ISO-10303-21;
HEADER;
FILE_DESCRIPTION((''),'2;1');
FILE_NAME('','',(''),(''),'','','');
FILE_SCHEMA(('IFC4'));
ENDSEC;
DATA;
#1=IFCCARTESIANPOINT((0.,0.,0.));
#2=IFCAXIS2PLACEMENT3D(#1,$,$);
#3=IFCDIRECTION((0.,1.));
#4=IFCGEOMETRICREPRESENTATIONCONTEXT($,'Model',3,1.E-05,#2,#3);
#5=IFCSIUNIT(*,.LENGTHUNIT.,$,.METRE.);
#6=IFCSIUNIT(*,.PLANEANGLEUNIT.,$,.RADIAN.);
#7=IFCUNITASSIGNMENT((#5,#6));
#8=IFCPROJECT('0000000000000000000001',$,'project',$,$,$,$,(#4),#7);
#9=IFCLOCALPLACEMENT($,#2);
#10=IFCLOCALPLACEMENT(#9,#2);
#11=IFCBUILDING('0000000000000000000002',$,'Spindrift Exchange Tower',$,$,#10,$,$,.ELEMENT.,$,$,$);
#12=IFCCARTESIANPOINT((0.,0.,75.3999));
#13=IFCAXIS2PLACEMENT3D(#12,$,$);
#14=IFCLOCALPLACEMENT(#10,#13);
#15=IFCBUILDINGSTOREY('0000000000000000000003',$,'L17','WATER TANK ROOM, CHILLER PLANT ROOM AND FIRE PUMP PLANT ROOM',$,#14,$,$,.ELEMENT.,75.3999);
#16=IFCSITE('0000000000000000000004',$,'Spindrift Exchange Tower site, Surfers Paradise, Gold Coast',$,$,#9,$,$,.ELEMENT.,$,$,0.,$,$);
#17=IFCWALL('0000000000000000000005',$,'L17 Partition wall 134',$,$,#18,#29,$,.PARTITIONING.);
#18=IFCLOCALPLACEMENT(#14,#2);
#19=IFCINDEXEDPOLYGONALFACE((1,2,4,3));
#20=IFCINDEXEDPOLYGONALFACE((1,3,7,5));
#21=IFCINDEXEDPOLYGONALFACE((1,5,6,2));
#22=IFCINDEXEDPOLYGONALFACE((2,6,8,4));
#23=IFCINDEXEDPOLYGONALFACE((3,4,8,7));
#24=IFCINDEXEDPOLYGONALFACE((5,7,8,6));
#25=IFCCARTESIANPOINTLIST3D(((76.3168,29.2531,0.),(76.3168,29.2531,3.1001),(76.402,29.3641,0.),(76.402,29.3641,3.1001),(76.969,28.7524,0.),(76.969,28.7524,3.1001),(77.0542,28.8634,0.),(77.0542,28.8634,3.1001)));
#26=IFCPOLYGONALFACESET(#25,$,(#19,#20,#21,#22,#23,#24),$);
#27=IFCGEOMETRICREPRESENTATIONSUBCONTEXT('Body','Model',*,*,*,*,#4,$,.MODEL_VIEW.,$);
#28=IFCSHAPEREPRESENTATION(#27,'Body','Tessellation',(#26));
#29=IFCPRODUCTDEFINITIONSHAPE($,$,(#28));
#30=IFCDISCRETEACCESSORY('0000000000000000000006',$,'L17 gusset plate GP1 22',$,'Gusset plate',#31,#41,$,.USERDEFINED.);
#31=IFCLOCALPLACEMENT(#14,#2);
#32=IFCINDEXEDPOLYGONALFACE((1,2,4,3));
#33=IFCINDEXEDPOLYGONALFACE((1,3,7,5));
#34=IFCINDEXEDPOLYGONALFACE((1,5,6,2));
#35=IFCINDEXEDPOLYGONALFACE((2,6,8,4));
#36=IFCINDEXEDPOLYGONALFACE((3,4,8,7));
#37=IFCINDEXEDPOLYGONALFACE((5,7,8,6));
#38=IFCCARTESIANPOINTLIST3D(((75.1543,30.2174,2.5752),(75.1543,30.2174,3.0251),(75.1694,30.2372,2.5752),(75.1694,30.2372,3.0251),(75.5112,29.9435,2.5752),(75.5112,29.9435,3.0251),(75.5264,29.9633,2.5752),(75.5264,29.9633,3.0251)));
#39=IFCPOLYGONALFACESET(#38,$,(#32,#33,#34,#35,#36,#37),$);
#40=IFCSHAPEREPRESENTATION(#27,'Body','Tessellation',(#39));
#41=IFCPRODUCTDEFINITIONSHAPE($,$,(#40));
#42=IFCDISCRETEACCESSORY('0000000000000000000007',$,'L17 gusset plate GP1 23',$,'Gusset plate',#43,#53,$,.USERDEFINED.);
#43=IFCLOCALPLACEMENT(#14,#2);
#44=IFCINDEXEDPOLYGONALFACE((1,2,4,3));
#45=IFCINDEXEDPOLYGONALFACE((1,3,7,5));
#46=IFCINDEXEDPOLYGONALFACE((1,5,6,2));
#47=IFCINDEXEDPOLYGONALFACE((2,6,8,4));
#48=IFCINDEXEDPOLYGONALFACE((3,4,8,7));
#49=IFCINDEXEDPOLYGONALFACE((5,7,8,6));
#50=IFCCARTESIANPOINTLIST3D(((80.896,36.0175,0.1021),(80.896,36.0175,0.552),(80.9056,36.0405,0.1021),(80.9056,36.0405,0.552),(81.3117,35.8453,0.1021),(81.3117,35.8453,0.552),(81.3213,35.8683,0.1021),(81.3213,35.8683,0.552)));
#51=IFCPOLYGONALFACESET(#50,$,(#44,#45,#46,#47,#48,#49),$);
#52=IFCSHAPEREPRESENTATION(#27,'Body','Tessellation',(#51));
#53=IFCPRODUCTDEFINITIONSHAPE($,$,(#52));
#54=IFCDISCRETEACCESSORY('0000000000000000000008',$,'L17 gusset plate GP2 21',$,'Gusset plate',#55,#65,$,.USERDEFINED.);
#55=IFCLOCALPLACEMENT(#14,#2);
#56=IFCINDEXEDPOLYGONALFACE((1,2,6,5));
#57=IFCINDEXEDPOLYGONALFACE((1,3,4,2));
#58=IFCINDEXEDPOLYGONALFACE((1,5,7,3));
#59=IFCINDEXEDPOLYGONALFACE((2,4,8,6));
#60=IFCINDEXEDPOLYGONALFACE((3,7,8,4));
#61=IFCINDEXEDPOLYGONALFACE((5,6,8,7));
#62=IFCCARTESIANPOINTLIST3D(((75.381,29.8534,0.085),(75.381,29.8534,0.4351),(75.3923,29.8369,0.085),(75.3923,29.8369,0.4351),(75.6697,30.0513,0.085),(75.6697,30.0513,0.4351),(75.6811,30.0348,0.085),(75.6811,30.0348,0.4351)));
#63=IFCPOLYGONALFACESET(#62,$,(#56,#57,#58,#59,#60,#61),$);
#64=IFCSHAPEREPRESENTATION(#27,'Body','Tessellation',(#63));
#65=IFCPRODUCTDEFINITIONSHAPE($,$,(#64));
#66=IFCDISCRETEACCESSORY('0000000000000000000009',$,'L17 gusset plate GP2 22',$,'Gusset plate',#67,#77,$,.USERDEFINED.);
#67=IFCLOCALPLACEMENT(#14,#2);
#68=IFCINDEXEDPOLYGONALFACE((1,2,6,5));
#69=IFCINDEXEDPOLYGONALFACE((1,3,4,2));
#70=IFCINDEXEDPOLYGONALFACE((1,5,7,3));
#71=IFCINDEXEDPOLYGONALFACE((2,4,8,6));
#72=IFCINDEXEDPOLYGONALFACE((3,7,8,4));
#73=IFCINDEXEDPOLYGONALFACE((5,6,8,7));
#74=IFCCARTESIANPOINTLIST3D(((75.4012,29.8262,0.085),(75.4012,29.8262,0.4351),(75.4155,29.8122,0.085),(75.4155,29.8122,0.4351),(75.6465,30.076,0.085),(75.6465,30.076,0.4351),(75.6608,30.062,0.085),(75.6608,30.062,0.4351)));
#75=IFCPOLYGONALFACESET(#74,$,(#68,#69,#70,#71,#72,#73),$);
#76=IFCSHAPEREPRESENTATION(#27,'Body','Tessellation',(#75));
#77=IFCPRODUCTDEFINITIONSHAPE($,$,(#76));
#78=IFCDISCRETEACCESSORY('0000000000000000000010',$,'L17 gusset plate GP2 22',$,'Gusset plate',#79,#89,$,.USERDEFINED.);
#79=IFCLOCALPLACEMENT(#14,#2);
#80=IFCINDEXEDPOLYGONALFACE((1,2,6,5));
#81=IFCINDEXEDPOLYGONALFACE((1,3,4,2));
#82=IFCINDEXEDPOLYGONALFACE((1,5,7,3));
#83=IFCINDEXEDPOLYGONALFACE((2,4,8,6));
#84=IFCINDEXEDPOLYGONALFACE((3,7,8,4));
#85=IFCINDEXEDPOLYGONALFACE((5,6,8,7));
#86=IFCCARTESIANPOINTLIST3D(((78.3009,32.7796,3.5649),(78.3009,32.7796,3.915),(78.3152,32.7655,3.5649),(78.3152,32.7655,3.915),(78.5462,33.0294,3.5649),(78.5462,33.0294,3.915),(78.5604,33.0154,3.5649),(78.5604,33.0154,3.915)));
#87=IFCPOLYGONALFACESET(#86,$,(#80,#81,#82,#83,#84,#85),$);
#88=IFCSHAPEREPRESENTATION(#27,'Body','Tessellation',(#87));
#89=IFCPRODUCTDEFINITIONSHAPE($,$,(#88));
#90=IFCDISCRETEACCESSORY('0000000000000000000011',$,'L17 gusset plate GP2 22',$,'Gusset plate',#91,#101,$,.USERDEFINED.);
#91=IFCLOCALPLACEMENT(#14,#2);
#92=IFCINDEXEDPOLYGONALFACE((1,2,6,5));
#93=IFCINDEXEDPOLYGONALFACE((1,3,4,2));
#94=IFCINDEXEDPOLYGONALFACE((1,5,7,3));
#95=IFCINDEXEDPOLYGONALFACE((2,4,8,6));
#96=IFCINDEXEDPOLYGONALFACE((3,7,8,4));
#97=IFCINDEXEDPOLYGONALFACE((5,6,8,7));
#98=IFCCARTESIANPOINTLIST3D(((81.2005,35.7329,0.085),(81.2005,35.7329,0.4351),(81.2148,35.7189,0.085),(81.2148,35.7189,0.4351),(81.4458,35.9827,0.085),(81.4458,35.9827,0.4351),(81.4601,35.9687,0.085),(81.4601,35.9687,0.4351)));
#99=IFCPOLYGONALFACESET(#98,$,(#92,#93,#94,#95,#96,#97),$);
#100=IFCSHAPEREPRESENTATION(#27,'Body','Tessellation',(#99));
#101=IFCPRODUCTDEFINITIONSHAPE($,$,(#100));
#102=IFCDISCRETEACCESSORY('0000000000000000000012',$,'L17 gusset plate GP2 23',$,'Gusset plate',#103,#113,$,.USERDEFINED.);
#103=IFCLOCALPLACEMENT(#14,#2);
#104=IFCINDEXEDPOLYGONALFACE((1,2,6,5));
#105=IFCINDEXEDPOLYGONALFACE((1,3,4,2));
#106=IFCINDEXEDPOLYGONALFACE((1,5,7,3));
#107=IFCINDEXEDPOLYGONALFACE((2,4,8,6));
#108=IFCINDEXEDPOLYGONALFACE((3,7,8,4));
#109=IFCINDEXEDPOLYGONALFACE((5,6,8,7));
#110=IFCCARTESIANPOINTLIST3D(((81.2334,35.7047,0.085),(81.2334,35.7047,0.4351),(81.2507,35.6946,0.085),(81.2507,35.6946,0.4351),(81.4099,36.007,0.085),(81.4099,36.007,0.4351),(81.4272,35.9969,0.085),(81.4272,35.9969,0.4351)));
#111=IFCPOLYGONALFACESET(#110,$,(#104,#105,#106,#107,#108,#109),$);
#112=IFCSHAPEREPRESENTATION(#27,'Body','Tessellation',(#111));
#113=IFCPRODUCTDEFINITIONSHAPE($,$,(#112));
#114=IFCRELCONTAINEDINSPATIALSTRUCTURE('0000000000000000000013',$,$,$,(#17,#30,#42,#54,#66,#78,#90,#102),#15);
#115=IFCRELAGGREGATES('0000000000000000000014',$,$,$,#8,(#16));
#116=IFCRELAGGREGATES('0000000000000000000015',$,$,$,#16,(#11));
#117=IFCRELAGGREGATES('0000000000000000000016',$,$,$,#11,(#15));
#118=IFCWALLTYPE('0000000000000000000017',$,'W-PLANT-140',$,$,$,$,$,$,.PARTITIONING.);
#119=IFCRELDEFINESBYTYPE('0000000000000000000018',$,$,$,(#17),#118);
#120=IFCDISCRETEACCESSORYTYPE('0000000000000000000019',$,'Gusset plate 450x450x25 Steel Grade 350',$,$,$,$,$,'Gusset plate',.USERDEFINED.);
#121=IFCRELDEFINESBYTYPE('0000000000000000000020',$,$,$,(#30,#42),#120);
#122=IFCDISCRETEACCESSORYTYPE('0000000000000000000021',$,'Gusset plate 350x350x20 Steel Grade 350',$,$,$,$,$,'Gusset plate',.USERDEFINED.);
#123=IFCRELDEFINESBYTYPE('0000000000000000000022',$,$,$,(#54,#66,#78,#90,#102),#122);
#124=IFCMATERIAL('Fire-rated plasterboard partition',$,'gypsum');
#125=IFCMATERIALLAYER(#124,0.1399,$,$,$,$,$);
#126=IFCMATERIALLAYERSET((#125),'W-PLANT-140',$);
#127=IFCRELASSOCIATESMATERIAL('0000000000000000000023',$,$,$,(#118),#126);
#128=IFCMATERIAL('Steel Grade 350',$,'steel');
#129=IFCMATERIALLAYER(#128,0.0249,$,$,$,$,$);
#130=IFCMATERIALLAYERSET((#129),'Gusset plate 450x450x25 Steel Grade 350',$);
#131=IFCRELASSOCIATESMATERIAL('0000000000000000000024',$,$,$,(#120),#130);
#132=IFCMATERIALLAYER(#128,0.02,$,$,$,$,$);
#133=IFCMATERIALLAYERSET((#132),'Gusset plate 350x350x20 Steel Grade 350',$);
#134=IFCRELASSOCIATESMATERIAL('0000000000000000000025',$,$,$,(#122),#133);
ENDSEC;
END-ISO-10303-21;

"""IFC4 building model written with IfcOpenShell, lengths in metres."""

from ifc_helpers import new_model, si_unit, direction, frame, frame_2d, origin, origin_2d, place, context, subcontext, project, spatial, rectangle, extrude, source, transform, mapped, material, layer, layer_set, type_object, element, save


model = new_model("IFC4")

# Units and contexts
model_context = context("Model", 3, precision=1e-05, world=origin(), true_north=direction((0.0, 1.0)))
body_context = subcontext(model_context, "Body", "Model", "MODEL_VIEW")
ifc_project = project(units=[si_unit("LENGTHUNIT", "METRE"), si_unit("PLANEANGLEUNIT", "RADIAN")], contexts=[model_context])

# Site, building, storey
site_placement = place(None, origin())
site = spatial("IfcSite", under=ifc_project, at=site_placement, Name="Spindrift Exchange Tower site, Surfers Paradise, Gold Coast", CompositionType="ELEMENT", RefElevation=0.0)
building_placement = place(site_placement, origin())
building = spatial("IfcBuilding", under=site, at=building_placement, Name="Spindrift Exchange Tower", CompositionType="ELEMENT")
storey_placement = place(building_placement, frame((0.0, 0.0, 75.3999)))
storey = spatial("IfcBuildingStorey", under=building, at=storey_placement, Name="L17", Description="WATER TANK ROOM, CHILLER PLANT ROOM AND FIRE PUMP PLANT ROOM", CompositionType="ELEMENT", Elevation=75.3999)

# Shared definitions
ifc_material_1 = material(Name="Steel Grade 350", Category="steel")

# Wall
ifc_material_2 = material(Name="Fire-rated plasterboard partition", Category="gypsum")
ifc_layer_1 = layer(ifc_material_2, 0.1399)
ifc_layer_set_1 = layer_set([ifc_layer_1], Name="W-PLANT-140")
wall_type = type_object("IfcWallType", Name="W-PLANT-140", PredefinedType="PARTITIONING", material=ifc_layer_set_1)
wall_placement = place(storey_placement, frame((76.3594, 29.3086, 0.0), z_axis=(0.0, 0.0, 1.0), x_axis=(0.793253, -0.608893, 0.0)))
element("IfcWall", 1, at=wall_placement, inside=storey, type_object=wall_type, Name="L17 Partition wall 134", PredefinedType="PARTITIONING", context=body_context, shape_type="SweptSolid", body=[
    extrude(rectangle(XDim=0.8223, YDim=0.1399, at=frame_2d((0.4111, 0.0))), origin(), (0.0, 0.0, 1.0), 3.1001),
])

# Discrete accessories
ifc_layer_2 = layer(ifc_material_1, 0.0249)
ifc_layer_set_2 = layer_set([ifc_layer_2], Name="Gusset plate 450x450x25 Steel Grade 350")
discrete_accessory_type_1 = type_object("IfcDiscreteAccessoryType", Name="Gusset plate 450x450x25 Steel Grade 350", ElementType="Gusset plate", PredefinedType="USERDEFINED", material=ifc_layer_set_2)
shared_shape_1 = source(origin(), body_context, "Body", "SweptSolid", [
    extrude(rectangle(XDim=0.45, YDim=0.0249, at=origin_2d()), origin(), (0.0, 0.0, 1.0), 0.45),
])
for number, where, z_axis, x_axis, name in (
    (2, (75.3403, 30.0903, 2.5752), (0.0, 0.0, 1.0), (0.793358, -0.608756, 0.0), "L17 gusset plate GP1 22"),
    (3, (81.1086, 35.9429, 0.1021), (0.0, 0.0, 1.0), (0.923882, -0.382677, 0.0), "L17 gusset plate GP1 23"),
):
    element("IfcDiscreteAccessory", number, at=place(storey_placement, frame(where, z_axis=z_axis, x_axis=x_axis)), inside=storey, type_object=discrete_accessory_type_1, Name=name, ObjectType="Gusset plate", PredefinedType="USERDEFINED", context=body_context, shape_type="MappedRepresentation", body=[
        mapped(shared_shape_1, transform((0.0, 0.0, 0.0), scale=1.0)),
    ])
ifc_layer_3 = layer(ifc_material_1, 0.02)
ifc_layer_set_3 = layer_set([ifc_layer_3], Name="Gusset plate 350x350x20 Steel Grade 350")
discrete_accessory_type_2 = type_object("IfcDiscreteAccessoryType", Name="Gusset plate 350x350x20 Steel Grade 350", ElementType="Gusset plate", PredefinedType="USERDEFINED", material=ifc_layer_set_3)
shared_shape_2 = source(origin(), body_context, "Body", "SweptSolid", [
    extrude(rectangle(XDim=0.3501, YDim=0.02, at=origin_2d()), origin(), (0.0, 0.0, 1.0), 0.3501),
])
for number, where, z_axis, x_axis, name in (
    (4, (75.531, 29.9441, 0.085), (0.0, 0.0, 1.0), (0.824862, 0.565334, 0.0), "L17 gusset plate GP2 21"),
    (5, (75.531, 29.9441, 0.085), (0.0, 0.0, 1.0), (0.700602, 0.713553, 0.0), "L17 gusset plate GP2 22"),
    (6, (78.4307, 32.8975, 3.5649), (0.0, 0.0, 1.0), (0.700602, 0.713553, 0.0), "L17 gusset plate GP2 22"),
    (7, (81.3303, 35.8508, 0.085), (0.0, 0.0, 1.0), (0.700602, 0.713553, 0.0), "L17 gusset plate GP2 22"),
    (8, (81.3303, 35.8508, 0.085), (0.0, 0.0, 1.0), (0.504228, 0.863571, 0.0), "L17 gusset plate GP2 23"),
):
    element("IfcDiscreteAccessory", number, at=place(storey_placement, frame(where, z_axis=z_axis, x_axis=x_axis)), inside=storey, type_object=discrete_accessory_type_2, Name=name, ObjectType="Gusset plate", PredefinedType="USERDEFINED", context=body_context, shape_type="MappedRepresentation", body=[
        mapped(shared_shape_2, transform((0.0, 0.0, 0.0), scale=1.0)),
    ])

save(model, "model.ifc")
